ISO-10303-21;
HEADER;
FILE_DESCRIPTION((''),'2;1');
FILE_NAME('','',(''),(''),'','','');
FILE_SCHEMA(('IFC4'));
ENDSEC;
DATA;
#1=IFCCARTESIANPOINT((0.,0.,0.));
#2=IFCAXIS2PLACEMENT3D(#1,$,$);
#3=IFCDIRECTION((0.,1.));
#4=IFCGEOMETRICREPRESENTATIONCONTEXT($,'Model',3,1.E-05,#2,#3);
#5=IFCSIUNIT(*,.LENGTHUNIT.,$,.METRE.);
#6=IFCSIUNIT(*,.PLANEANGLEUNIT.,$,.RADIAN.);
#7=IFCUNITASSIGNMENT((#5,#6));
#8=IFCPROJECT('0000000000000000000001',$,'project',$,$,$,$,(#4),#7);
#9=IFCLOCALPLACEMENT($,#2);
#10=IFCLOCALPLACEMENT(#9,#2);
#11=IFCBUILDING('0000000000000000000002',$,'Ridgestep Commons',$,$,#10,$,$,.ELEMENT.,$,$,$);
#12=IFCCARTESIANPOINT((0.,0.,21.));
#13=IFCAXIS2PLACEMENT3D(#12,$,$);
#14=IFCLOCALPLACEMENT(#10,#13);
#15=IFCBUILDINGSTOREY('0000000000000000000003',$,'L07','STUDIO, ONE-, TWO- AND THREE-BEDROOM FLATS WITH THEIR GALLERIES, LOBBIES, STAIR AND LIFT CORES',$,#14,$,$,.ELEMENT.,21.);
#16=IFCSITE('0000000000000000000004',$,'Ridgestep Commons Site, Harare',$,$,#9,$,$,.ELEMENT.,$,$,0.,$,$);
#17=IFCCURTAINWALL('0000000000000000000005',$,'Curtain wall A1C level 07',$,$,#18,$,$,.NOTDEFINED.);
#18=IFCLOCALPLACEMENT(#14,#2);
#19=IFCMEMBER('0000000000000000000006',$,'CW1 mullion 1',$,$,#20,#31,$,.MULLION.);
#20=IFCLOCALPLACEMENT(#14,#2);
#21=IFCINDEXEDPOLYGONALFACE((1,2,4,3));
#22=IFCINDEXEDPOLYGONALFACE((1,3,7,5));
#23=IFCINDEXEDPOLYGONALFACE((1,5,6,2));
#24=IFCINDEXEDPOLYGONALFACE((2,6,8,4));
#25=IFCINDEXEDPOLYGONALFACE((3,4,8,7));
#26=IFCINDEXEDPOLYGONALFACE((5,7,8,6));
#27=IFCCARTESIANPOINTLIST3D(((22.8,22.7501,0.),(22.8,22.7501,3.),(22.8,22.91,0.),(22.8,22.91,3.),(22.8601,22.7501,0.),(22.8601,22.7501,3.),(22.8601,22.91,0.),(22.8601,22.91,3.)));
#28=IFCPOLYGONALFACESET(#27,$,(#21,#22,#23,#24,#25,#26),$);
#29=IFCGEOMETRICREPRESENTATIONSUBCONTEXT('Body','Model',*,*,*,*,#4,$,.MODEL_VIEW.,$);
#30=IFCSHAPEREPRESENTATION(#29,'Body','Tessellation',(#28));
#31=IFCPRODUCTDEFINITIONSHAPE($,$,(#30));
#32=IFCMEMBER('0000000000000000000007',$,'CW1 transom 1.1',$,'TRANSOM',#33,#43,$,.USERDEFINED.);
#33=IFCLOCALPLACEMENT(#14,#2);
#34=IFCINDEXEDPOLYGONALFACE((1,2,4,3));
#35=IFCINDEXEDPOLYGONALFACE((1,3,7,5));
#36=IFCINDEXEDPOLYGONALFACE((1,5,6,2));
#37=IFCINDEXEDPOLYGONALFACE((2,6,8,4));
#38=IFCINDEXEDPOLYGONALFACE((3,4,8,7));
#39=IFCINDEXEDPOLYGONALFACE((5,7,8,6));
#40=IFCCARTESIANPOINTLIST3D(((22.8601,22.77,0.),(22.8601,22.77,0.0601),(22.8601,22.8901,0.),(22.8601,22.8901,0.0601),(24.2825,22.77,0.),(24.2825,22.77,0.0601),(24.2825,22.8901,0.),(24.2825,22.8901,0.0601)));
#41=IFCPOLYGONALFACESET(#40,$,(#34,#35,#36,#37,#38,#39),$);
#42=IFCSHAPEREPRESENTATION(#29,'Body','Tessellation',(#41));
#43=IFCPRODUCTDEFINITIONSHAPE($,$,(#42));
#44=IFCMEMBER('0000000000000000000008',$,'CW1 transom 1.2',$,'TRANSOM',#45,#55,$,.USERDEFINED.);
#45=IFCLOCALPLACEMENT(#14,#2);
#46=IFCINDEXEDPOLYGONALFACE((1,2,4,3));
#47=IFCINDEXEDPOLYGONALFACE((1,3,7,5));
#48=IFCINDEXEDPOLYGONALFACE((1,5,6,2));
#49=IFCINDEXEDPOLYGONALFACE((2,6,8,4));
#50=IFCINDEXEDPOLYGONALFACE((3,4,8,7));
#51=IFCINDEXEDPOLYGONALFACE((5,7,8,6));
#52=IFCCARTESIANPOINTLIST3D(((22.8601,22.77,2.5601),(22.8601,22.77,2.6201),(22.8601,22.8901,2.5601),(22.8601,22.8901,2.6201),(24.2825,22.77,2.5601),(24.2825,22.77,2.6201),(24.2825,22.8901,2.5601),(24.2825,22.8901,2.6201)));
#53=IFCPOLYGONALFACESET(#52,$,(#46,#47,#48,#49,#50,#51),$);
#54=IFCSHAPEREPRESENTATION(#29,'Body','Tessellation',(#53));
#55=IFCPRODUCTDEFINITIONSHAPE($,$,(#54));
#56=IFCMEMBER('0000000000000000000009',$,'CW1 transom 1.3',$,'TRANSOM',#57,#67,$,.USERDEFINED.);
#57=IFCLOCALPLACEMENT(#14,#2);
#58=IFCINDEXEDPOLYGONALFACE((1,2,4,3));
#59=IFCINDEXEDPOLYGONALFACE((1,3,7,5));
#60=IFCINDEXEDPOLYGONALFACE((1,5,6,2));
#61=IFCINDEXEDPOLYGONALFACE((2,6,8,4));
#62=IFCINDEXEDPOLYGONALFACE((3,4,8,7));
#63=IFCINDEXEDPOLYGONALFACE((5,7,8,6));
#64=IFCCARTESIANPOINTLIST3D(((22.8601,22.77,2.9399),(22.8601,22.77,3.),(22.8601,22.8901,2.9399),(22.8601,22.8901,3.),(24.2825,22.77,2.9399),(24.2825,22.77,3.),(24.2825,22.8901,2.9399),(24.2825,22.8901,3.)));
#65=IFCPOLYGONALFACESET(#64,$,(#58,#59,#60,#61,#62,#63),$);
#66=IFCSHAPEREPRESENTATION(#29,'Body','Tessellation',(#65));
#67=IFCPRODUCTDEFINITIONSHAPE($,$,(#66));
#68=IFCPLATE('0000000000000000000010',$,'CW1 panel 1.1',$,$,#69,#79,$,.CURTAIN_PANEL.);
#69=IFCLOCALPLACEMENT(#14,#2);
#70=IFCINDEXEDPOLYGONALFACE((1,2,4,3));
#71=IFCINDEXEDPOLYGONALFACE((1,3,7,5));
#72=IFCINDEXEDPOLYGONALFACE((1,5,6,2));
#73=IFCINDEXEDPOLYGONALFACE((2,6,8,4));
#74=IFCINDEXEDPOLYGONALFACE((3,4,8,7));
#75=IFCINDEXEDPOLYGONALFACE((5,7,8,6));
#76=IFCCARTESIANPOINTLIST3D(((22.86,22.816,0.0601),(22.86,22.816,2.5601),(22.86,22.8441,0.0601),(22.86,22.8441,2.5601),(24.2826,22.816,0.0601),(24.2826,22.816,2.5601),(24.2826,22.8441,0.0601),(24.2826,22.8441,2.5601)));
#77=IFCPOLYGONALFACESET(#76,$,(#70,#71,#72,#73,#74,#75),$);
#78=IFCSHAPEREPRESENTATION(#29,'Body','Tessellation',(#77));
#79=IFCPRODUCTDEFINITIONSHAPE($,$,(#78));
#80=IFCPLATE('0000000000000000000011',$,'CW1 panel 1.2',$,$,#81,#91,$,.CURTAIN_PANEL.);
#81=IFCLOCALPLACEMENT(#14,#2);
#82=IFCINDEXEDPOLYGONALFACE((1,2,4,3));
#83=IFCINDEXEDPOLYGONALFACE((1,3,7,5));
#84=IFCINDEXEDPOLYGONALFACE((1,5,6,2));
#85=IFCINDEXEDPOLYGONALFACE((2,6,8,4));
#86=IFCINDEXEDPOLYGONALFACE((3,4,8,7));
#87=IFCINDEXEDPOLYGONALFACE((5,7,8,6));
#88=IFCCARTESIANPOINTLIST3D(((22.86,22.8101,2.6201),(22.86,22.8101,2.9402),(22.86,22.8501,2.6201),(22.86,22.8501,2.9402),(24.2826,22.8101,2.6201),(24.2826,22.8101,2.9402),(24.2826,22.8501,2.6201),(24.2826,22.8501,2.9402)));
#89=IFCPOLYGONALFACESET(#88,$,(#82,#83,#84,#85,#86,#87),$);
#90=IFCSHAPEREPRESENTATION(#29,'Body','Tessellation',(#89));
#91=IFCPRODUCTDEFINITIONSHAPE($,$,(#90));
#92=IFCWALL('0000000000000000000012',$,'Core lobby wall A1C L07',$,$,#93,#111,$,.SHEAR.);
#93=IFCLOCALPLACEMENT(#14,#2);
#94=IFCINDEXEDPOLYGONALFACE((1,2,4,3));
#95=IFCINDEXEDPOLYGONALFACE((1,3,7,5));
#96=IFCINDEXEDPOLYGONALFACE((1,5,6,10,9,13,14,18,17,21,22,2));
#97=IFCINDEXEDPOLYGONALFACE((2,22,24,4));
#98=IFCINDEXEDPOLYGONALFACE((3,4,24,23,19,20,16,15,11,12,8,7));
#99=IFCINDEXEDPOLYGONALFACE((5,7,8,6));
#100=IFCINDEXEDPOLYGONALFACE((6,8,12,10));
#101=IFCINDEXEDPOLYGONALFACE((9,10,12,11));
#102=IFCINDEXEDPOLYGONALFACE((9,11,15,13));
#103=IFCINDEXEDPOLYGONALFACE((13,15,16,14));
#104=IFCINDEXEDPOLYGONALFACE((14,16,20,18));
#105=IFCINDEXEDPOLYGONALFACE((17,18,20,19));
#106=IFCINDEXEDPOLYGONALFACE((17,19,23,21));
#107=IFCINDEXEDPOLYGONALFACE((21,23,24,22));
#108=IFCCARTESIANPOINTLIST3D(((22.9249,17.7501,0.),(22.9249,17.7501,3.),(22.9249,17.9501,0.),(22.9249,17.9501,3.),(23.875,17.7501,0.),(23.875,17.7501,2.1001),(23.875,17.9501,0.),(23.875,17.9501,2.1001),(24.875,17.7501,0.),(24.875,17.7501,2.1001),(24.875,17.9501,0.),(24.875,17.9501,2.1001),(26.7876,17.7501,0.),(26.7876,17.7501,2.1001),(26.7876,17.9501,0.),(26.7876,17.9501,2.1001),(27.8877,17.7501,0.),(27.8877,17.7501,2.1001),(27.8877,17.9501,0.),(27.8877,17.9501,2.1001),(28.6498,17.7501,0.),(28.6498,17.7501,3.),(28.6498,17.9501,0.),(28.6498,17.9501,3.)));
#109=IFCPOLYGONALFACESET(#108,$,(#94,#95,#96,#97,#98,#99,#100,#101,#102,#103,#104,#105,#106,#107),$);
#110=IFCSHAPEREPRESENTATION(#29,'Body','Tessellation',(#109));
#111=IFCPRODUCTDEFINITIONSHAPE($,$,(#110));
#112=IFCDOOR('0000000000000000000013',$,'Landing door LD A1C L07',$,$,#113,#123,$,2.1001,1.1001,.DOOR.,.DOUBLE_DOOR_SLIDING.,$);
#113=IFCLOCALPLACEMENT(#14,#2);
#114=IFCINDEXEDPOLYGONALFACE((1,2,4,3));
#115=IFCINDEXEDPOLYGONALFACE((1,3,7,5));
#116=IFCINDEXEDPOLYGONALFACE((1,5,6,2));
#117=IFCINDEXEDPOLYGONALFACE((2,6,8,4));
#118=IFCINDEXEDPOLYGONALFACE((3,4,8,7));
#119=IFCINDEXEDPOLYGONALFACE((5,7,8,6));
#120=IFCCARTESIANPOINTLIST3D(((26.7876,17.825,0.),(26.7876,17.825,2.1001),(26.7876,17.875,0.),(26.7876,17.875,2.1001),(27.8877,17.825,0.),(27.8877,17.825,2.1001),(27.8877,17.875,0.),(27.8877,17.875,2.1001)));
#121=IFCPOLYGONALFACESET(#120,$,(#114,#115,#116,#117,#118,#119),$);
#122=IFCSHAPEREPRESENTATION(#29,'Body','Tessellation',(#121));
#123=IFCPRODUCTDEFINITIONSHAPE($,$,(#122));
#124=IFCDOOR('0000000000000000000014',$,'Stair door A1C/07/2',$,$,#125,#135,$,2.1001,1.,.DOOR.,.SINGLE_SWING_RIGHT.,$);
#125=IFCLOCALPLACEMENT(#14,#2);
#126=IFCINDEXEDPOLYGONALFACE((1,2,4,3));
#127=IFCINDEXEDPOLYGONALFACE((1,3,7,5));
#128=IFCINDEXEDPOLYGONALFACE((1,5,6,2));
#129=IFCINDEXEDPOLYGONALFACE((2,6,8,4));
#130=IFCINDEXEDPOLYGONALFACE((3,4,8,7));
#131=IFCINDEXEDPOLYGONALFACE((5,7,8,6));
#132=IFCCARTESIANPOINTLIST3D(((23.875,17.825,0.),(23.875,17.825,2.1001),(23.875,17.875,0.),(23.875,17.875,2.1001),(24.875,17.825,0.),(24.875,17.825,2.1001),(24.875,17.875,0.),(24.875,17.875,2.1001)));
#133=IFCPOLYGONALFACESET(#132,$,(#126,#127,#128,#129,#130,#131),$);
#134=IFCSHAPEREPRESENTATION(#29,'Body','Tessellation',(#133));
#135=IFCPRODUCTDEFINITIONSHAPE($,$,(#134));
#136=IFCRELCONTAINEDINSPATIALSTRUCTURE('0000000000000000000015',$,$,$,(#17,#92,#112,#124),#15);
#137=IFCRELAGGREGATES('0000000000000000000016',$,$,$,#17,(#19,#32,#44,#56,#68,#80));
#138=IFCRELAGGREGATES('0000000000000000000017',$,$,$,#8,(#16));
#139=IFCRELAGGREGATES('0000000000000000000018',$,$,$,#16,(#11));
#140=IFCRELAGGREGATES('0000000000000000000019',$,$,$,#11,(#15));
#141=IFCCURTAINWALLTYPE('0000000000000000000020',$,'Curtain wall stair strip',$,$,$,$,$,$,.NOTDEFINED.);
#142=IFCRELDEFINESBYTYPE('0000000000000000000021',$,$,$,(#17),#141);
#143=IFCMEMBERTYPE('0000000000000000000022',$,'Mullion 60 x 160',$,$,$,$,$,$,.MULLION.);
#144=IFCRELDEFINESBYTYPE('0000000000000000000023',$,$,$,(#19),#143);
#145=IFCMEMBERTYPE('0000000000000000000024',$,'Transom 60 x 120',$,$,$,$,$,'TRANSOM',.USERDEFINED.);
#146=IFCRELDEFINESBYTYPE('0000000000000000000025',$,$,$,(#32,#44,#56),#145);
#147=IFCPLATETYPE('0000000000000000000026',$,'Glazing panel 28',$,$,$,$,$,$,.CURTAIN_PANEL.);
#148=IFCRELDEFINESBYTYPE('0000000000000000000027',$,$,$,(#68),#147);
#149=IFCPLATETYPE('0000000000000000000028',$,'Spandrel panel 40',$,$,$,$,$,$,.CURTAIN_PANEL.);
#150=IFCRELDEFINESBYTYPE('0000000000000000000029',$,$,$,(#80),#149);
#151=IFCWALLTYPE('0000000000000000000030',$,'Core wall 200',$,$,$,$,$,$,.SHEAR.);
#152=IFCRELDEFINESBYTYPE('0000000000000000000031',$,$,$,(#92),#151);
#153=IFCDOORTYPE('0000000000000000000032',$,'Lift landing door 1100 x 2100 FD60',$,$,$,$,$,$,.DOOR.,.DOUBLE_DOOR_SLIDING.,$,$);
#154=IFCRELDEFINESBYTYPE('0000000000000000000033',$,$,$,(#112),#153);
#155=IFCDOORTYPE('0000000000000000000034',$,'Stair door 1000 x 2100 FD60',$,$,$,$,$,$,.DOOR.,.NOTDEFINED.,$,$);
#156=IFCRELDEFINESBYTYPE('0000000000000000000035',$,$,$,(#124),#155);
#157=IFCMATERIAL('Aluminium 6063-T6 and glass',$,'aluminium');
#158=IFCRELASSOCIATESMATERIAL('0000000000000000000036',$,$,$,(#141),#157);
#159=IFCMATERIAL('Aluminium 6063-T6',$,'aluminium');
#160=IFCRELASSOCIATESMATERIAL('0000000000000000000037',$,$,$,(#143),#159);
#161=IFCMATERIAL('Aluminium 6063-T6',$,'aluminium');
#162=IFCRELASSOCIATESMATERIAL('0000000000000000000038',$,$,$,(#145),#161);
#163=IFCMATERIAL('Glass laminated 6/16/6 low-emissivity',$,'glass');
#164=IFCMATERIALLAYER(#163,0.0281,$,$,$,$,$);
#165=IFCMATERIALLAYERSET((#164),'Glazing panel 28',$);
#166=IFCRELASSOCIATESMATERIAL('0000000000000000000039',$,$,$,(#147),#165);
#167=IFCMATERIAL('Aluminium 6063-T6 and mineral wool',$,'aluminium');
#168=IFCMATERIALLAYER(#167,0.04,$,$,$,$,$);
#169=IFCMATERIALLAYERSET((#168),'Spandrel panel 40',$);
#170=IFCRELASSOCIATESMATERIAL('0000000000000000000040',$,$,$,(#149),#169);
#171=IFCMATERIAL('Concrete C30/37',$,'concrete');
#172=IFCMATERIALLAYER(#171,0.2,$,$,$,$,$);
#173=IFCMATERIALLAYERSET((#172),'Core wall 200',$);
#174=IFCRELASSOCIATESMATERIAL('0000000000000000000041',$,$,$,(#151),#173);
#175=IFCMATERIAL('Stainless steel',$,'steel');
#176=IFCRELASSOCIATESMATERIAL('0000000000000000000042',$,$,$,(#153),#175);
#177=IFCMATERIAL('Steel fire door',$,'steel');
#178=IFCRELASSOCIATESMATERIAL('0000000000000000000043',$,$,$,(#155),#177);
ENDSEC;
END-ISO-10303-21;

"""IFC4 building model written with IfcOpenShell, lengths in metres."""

from ifc_helpers import new_model, si_unit, direction, frame, frame_2d, origin, origin_2d, place, context, subcontext, project, spatial, rectangle, extrude, material, layer, layer_set, material_profile, profile_set, type_object, element, fill, aggregate, save


model = new_model("IFC4")

# Units and contexts
model_context = context("Model", 3, precision=1e-05, world=origin(), true_north=direction((0.0, 1.0)))
body_context = subcontext(model_context, "Body", "Model", "MODEL_VIEW")
ifc_project = project(units=[si_unit("LENGTHUNIT", "METRE"), si_unit("PLANEANGLEUNIT", "RADIAN")], contexts=[model_context])

# Site, building, storey
site_placement = place(None, origin())
site = spatial("IfcSite", under=ifc_project, at=site_placement, Name="Ridgestep Commons Site, Harare", CompositionType="ELEMENT", RefElevation=0.0)
building_placement = place(site_placement, origin())
building = spatial("IfcBuilding", under=site, at=building_placement, Name="Ridgestep Commons", CompositionType="ELEMENT")
storey_placement = place(building_placement, frame((0.0, 0.0, 21.0)))
storey = spatial("IfcBuildingStorey", under=building, at=storey_placement, Name="L07", Description="STUDIO, ONE-, TWO- AND THREE-BEDROOM FLATS WITH THEIR GALLERIES, LOBBIES, STAIR AND LIFT CORES", CompositionType="ELEMENT", Elevation=21.0)

# Curtain wall, members, plates
ifc_material_1 = material(Name="Aluminium 6063-T6 and glass", Category="aluminium")
curtain_wall_type = type_object("IfcCurtainWallType", Name="Curtain wall stair strip", PredefinedType="NOTDEFINED", material=ifc_material_1)
curtain_wall_placement = place(storey_placement, origin())
curtain_wall = element("IfcCurtainWall", 1, at=curtain_wall_placement, inside=storey, type_object=curtain_wall_type, Name="Curtain wall A1C level 07", PredefinedType="NOTDEFINED")
ifc_material_2 = material(Name="Aluminium 6063-T6", Category="aluminium")
ifc_material_profile_1 = material_profile(ifc_material_2, rectangle(XDim=0.1599, YDim=0.0601, at=origin_2d()), Name="Mullion 60 x 160")
ifc_profile_set_1 = profile_set([ifc_material_profile_1], Name="Aluminium 6063-T6")
member_type_1 = type_object("IfcMemberType", Name="Mullion 60 x 160", PredefinedType="MULLION", material=ifc_profile_set_1)
member_1_placement = place(storey_placement, frame((22.8301, 22.8301, 0.0), z_axis=(0.0, 0.0, 1.0), x_axis=(0.0, 1.0, 0.0)))
member_1 = element("IfcMember", 2, at=member_1_placement, type_object=member_type_1, Name="CW1 mullion 1", PredefinedType="MULLION", context=body_context, shape_type="SweptSolid", body=[
    extrude(rectangle(XDim=0.1599, YDim=0.0601, at=origin_2d()), origin(), (0.0, 0.0, 1.0), 3.0),
])
ifc_material_3 = material(Name="Aluminium 6063-T6", Category="aluminium")
ifc_material_profile_2 = material_profile(ifc_material_3, rectangle(XDim=0.1201, YDim=0.0601, at=origin_2d()), Name="Transom 60 x 120")
ifc_profile_set_2 = profile_set([ifc_material_profile_2], Name="Aluminium 6063-T6")
member_type_2 = type_object("IfcMemberType", Name="Transom 60 x 120", ElementType="TRANSOM", PredefinedType="USERDEFINED", material=ifc_profile_set_2)
member_2_placement = place(storey_placement, frame((22.8601, 22.8301, 0.03), z_axis=(1.0, 0.0, 0.0), x_axis=(0.0, 1.0, 0.0)))
member_2 = element("IfcMember", 3, at=member_2_placement, type_object=member_type_2, Name="CW1 transom 1.1", ObjectType="TRANSOM", PredefinedType="USERDEFINED", context=body_context, shape_type="SweptSolid", body=[
    extrude(rectangle(XDim=0.1201, YDim=0.0601, at=origin_2d()), origin(), (0.0, 0.0, 1.0), 1.4224),
])
member_3_placement = place(storey_placement, frame((22.8601, 22.8301, 2.5901), z_axis=(1.0, 0.0, 0.0), x_axis=(0.0, 1.0, 0.0)))
member_3 = element("IfcMember", 4, at=member_3_placement, type_object=member_type_2, Name="CW1 transom 1.2", ObjectType="TRANSOM", PredefinedType="USERDEFINED", context=body_context, shape_type="SweptSolid", body=[
    extrude(rectangle(XDim=0.1201, YDim=0.0601, at=origin_2d()), origin(), (0.0, 0.0, 1.0), 1.4224),
])
member_4_placement = place(storey_placement, frame((22.8601, 22.8301, 2.97), z_axis=(1.0, 0.0, 0.0), x_axis=(0.0, 1.0, 0.0)))
member_4 = element("IfcMember", 5, at=member_4_placement, type_object=member_type_2, Name="CW1 transom 1.3", ObjectType="TRANSOM", PredefinedType="USERDEFINED", context=body_context, shape_type="SweptSolid", body=[
    extrude(rectangle(XDim=0.1201, YDim=0.0601, at=origin_2d()), origin(), (0.0, 0.0, 1.0), 1.4224),
])
ifc_material_4 = material(Name="Glass laminated 6/16/6 low-emissivity", Category="glass")
ifc_layer_1 = layer(ifc_material_4, 0.0281)
ifc_layer_set_1 = layer_set([ifc_layer_1], Name="Glazing panel 28")
plate_type_1 = type_object("IfcPlateType", Name="Glazing panel 28", PredefinedType="CURTAIN_PANEL", material=ifc_layer_set_1)
plate_1_placement = place(storey_placement, frame((23.5713, 22.8301, 0.0601), z_axis=(0.0, 0.0, 1.0), x_axis=(1.0, 0.0, 0.0)))
plate_1 = element("IfcPlate", 6, at=plate_1_placement, type_object=plate_type_1, Name="CW1 panel 1.1", PredefinedType="CURTAIN_PANEL", context=body_context, shape_type="SweptSolid", body=[
    extrude(rectangle(XDim=1.4226, YDim=0.0281, at=origin_2d()), origin(), (0.0, 0.0, 1.0), 2.5),
])
ifc_material_5 = material(Name="Aluminium 6063-T6 and mineral wool", Category="aluminium")
ifc_layer_2 = layer(ifc_material_5, 0.04)
ifc_layer_set_2 = layer_set([ifc_layer_2], Name="Spandrel panel 40")
plate_type_2 = type_object("IfcPlateType", Name="Spandrel panel 40", PredefinedType="CURTAIN_PANEL", material=ifc_layer_set_2)
plate_2_placement = place(storey_placement, frame((23.5713, 22.8301, 2.6201), z_axis=(0.0, 0.0, 1.0), x_axis=(1.0, 0.0, 0.0)))
plate_2 = element("IfcPlate", 7, at=plate_2_placement, type_object=plate_type_2, Name="CW1 panel 1.2", PredefinedType="CURTAIN_PANEL", context=body_context, shape_type="SweptSolid", body=[
    extrude(rectangle(XDim=1.4226, YDim=0.04, at=origin_2d()), origin(), (0.0, 0.0, 1.0), 0.3201),
])
aggregate(curtain_wall, [member_1, member_2, member_3, member_4, plate_1, plate_2])

# Wall, openings, doors
ifc_material_6 = material(Name="Concrete C30/37", Category="concrete")
ifc_layer_3 = layer(ifc_material_6, 0.2)
ifc_layer_set_3 = layer_set([ifc_layer_3], Name="Core wall 200")
wall_type_1 = type_object("IfcWallType", Name="Core wall 200", PredefinedType="SHEAR", material=ifc_layer_set_3)
wall_1_placement = place(storey_placement, frame((22.925, 17.8501, 0.0), z_axis=(0.0, 0.0, 1.0), x_axis=(1.0, 0.0, 0.0)))
wall_1 = element("IfcWall", 8, at=wall_1_placement, inside=storey, type_object=wall_type_1, Name="Core lobby wall A1C L07", PredefinedType="SHEAR", context=body_context, shape_type="SweptSolid", body=[
    extrude(rectangle(XDim=5.7249, YDim=0.2, at=frame_2d((2.8623, 0.0))), origin(), (0.0, 0.0, 1.0), 3.0),
])
opening_1_placement = place(wall_1_placement, frame((0.95, 0.0, 0.0)))
opening_1 = element("IfcOpeningElement", 9, at=opening_1_placement, cuts=wall_1, PredefinedType="OPENING", context=body_context, shape_type="SweptSolid", body=[
    extrude(rectangle(XDim=1.0, YDim=2.1001, at=frame_2d((0.5, 1.05))), frame((0.0, 0.1099, 0.0), z_axis=(0.0, -1.0, 0.0), x_axis=(1.0, 0.0, 0.0)), (0.0, 0.0, 1.0), 0.22),
])
opening_2_placement = place(wall_1_placement, frame((3.8625, 0.0, 0.0)))
opening_2 = element("IfcOpeningElement", 10, at=opening_2_placement, cuts=wall_1, PredefinedType="OPENING", context=body_context, shape_type="SweptSolid", body=[
    extrude(rectangle(XDim=1.1001, YDim=2.1001, at=frame_2d((0.55, 1.05))), frame((0.0, 0.1099, 0.0), z_axis=(0.0, -1.0, 0.0), x_axis=(1.0, 0.0, 0.0)), (0.0, 0.0, 1.0), 0.22),
])
ifc_material_7 = material(Name="Stainless steel", Category="steel")
door_type_1 = type_object("IfcDoorType", Name="Lift landing door 1100 x 2100 FD60", OperationType="DOUBLE_DOOR_SLIDING", PredefinedType="DOOR", material=ifc_material_7)
door_1_placement = place(opening_2_placement, origin())
door_1 = element("IfcDoor", 11, at=door_1_placement, inside=storey, type_object=door_type_1, Name="Landing door LD A1C L07", OperationType="DOUBLE_DOOR_SLIDING", OverallHeight=2.1001, OverallWidth=1.1001, PredefinedType="DOOR", context=body_context, shape_type="SweptSolid", body=[
    extrude(rectangle(XDim=1.1001, YDim=2.1001, at=frame_2d((0.55, 1.05))), frame((0.0, 0.0249, 0.0), z_axis=(0.0, -1.0, 0.0), x_axis=(1.0, 0.0, 0.0)), (0.0, 0.0, 1.0), 0.05),
])
fill(opening_2, door_1)
ifc_material_8 = material(Name="Steel fire door", Category="steel")
door_type_2 = type_object("IfcDoorType", Name="Stair door 1000 x 2100 FD60", OperationType="NOTDEFINED", PredefinedType="DOOR", material=ifc_material_8)
door_2_placement = place(opening_1_placement, origin())
door_2 = element("IfcDoor", 12, at=door_2_placement, inside=storey, type_object=door_type_2, Name="Stair door A1C/07/2", OperationType="SINGLE_SWING_RIGHT", OverallHeight=2.1001, OverallWidth=1.0, PredefinedType="DOOR", context=body_context, shape_type="SweptSolid", body=[
    extrude(rectangle(XDim=1.0, YDim=2.1001, at=frame_2d((0.5, 1.05))), frame((0.0, 0.0249, 0.0), z_axis=(0.0, -1.0, 0.0), x_axis=(1.0, 0.0, 0.0)), (0.0, 0.0, 1.0), 0.05),
])
fill(opening_1, door_2)

save(model, "model.ifc")
